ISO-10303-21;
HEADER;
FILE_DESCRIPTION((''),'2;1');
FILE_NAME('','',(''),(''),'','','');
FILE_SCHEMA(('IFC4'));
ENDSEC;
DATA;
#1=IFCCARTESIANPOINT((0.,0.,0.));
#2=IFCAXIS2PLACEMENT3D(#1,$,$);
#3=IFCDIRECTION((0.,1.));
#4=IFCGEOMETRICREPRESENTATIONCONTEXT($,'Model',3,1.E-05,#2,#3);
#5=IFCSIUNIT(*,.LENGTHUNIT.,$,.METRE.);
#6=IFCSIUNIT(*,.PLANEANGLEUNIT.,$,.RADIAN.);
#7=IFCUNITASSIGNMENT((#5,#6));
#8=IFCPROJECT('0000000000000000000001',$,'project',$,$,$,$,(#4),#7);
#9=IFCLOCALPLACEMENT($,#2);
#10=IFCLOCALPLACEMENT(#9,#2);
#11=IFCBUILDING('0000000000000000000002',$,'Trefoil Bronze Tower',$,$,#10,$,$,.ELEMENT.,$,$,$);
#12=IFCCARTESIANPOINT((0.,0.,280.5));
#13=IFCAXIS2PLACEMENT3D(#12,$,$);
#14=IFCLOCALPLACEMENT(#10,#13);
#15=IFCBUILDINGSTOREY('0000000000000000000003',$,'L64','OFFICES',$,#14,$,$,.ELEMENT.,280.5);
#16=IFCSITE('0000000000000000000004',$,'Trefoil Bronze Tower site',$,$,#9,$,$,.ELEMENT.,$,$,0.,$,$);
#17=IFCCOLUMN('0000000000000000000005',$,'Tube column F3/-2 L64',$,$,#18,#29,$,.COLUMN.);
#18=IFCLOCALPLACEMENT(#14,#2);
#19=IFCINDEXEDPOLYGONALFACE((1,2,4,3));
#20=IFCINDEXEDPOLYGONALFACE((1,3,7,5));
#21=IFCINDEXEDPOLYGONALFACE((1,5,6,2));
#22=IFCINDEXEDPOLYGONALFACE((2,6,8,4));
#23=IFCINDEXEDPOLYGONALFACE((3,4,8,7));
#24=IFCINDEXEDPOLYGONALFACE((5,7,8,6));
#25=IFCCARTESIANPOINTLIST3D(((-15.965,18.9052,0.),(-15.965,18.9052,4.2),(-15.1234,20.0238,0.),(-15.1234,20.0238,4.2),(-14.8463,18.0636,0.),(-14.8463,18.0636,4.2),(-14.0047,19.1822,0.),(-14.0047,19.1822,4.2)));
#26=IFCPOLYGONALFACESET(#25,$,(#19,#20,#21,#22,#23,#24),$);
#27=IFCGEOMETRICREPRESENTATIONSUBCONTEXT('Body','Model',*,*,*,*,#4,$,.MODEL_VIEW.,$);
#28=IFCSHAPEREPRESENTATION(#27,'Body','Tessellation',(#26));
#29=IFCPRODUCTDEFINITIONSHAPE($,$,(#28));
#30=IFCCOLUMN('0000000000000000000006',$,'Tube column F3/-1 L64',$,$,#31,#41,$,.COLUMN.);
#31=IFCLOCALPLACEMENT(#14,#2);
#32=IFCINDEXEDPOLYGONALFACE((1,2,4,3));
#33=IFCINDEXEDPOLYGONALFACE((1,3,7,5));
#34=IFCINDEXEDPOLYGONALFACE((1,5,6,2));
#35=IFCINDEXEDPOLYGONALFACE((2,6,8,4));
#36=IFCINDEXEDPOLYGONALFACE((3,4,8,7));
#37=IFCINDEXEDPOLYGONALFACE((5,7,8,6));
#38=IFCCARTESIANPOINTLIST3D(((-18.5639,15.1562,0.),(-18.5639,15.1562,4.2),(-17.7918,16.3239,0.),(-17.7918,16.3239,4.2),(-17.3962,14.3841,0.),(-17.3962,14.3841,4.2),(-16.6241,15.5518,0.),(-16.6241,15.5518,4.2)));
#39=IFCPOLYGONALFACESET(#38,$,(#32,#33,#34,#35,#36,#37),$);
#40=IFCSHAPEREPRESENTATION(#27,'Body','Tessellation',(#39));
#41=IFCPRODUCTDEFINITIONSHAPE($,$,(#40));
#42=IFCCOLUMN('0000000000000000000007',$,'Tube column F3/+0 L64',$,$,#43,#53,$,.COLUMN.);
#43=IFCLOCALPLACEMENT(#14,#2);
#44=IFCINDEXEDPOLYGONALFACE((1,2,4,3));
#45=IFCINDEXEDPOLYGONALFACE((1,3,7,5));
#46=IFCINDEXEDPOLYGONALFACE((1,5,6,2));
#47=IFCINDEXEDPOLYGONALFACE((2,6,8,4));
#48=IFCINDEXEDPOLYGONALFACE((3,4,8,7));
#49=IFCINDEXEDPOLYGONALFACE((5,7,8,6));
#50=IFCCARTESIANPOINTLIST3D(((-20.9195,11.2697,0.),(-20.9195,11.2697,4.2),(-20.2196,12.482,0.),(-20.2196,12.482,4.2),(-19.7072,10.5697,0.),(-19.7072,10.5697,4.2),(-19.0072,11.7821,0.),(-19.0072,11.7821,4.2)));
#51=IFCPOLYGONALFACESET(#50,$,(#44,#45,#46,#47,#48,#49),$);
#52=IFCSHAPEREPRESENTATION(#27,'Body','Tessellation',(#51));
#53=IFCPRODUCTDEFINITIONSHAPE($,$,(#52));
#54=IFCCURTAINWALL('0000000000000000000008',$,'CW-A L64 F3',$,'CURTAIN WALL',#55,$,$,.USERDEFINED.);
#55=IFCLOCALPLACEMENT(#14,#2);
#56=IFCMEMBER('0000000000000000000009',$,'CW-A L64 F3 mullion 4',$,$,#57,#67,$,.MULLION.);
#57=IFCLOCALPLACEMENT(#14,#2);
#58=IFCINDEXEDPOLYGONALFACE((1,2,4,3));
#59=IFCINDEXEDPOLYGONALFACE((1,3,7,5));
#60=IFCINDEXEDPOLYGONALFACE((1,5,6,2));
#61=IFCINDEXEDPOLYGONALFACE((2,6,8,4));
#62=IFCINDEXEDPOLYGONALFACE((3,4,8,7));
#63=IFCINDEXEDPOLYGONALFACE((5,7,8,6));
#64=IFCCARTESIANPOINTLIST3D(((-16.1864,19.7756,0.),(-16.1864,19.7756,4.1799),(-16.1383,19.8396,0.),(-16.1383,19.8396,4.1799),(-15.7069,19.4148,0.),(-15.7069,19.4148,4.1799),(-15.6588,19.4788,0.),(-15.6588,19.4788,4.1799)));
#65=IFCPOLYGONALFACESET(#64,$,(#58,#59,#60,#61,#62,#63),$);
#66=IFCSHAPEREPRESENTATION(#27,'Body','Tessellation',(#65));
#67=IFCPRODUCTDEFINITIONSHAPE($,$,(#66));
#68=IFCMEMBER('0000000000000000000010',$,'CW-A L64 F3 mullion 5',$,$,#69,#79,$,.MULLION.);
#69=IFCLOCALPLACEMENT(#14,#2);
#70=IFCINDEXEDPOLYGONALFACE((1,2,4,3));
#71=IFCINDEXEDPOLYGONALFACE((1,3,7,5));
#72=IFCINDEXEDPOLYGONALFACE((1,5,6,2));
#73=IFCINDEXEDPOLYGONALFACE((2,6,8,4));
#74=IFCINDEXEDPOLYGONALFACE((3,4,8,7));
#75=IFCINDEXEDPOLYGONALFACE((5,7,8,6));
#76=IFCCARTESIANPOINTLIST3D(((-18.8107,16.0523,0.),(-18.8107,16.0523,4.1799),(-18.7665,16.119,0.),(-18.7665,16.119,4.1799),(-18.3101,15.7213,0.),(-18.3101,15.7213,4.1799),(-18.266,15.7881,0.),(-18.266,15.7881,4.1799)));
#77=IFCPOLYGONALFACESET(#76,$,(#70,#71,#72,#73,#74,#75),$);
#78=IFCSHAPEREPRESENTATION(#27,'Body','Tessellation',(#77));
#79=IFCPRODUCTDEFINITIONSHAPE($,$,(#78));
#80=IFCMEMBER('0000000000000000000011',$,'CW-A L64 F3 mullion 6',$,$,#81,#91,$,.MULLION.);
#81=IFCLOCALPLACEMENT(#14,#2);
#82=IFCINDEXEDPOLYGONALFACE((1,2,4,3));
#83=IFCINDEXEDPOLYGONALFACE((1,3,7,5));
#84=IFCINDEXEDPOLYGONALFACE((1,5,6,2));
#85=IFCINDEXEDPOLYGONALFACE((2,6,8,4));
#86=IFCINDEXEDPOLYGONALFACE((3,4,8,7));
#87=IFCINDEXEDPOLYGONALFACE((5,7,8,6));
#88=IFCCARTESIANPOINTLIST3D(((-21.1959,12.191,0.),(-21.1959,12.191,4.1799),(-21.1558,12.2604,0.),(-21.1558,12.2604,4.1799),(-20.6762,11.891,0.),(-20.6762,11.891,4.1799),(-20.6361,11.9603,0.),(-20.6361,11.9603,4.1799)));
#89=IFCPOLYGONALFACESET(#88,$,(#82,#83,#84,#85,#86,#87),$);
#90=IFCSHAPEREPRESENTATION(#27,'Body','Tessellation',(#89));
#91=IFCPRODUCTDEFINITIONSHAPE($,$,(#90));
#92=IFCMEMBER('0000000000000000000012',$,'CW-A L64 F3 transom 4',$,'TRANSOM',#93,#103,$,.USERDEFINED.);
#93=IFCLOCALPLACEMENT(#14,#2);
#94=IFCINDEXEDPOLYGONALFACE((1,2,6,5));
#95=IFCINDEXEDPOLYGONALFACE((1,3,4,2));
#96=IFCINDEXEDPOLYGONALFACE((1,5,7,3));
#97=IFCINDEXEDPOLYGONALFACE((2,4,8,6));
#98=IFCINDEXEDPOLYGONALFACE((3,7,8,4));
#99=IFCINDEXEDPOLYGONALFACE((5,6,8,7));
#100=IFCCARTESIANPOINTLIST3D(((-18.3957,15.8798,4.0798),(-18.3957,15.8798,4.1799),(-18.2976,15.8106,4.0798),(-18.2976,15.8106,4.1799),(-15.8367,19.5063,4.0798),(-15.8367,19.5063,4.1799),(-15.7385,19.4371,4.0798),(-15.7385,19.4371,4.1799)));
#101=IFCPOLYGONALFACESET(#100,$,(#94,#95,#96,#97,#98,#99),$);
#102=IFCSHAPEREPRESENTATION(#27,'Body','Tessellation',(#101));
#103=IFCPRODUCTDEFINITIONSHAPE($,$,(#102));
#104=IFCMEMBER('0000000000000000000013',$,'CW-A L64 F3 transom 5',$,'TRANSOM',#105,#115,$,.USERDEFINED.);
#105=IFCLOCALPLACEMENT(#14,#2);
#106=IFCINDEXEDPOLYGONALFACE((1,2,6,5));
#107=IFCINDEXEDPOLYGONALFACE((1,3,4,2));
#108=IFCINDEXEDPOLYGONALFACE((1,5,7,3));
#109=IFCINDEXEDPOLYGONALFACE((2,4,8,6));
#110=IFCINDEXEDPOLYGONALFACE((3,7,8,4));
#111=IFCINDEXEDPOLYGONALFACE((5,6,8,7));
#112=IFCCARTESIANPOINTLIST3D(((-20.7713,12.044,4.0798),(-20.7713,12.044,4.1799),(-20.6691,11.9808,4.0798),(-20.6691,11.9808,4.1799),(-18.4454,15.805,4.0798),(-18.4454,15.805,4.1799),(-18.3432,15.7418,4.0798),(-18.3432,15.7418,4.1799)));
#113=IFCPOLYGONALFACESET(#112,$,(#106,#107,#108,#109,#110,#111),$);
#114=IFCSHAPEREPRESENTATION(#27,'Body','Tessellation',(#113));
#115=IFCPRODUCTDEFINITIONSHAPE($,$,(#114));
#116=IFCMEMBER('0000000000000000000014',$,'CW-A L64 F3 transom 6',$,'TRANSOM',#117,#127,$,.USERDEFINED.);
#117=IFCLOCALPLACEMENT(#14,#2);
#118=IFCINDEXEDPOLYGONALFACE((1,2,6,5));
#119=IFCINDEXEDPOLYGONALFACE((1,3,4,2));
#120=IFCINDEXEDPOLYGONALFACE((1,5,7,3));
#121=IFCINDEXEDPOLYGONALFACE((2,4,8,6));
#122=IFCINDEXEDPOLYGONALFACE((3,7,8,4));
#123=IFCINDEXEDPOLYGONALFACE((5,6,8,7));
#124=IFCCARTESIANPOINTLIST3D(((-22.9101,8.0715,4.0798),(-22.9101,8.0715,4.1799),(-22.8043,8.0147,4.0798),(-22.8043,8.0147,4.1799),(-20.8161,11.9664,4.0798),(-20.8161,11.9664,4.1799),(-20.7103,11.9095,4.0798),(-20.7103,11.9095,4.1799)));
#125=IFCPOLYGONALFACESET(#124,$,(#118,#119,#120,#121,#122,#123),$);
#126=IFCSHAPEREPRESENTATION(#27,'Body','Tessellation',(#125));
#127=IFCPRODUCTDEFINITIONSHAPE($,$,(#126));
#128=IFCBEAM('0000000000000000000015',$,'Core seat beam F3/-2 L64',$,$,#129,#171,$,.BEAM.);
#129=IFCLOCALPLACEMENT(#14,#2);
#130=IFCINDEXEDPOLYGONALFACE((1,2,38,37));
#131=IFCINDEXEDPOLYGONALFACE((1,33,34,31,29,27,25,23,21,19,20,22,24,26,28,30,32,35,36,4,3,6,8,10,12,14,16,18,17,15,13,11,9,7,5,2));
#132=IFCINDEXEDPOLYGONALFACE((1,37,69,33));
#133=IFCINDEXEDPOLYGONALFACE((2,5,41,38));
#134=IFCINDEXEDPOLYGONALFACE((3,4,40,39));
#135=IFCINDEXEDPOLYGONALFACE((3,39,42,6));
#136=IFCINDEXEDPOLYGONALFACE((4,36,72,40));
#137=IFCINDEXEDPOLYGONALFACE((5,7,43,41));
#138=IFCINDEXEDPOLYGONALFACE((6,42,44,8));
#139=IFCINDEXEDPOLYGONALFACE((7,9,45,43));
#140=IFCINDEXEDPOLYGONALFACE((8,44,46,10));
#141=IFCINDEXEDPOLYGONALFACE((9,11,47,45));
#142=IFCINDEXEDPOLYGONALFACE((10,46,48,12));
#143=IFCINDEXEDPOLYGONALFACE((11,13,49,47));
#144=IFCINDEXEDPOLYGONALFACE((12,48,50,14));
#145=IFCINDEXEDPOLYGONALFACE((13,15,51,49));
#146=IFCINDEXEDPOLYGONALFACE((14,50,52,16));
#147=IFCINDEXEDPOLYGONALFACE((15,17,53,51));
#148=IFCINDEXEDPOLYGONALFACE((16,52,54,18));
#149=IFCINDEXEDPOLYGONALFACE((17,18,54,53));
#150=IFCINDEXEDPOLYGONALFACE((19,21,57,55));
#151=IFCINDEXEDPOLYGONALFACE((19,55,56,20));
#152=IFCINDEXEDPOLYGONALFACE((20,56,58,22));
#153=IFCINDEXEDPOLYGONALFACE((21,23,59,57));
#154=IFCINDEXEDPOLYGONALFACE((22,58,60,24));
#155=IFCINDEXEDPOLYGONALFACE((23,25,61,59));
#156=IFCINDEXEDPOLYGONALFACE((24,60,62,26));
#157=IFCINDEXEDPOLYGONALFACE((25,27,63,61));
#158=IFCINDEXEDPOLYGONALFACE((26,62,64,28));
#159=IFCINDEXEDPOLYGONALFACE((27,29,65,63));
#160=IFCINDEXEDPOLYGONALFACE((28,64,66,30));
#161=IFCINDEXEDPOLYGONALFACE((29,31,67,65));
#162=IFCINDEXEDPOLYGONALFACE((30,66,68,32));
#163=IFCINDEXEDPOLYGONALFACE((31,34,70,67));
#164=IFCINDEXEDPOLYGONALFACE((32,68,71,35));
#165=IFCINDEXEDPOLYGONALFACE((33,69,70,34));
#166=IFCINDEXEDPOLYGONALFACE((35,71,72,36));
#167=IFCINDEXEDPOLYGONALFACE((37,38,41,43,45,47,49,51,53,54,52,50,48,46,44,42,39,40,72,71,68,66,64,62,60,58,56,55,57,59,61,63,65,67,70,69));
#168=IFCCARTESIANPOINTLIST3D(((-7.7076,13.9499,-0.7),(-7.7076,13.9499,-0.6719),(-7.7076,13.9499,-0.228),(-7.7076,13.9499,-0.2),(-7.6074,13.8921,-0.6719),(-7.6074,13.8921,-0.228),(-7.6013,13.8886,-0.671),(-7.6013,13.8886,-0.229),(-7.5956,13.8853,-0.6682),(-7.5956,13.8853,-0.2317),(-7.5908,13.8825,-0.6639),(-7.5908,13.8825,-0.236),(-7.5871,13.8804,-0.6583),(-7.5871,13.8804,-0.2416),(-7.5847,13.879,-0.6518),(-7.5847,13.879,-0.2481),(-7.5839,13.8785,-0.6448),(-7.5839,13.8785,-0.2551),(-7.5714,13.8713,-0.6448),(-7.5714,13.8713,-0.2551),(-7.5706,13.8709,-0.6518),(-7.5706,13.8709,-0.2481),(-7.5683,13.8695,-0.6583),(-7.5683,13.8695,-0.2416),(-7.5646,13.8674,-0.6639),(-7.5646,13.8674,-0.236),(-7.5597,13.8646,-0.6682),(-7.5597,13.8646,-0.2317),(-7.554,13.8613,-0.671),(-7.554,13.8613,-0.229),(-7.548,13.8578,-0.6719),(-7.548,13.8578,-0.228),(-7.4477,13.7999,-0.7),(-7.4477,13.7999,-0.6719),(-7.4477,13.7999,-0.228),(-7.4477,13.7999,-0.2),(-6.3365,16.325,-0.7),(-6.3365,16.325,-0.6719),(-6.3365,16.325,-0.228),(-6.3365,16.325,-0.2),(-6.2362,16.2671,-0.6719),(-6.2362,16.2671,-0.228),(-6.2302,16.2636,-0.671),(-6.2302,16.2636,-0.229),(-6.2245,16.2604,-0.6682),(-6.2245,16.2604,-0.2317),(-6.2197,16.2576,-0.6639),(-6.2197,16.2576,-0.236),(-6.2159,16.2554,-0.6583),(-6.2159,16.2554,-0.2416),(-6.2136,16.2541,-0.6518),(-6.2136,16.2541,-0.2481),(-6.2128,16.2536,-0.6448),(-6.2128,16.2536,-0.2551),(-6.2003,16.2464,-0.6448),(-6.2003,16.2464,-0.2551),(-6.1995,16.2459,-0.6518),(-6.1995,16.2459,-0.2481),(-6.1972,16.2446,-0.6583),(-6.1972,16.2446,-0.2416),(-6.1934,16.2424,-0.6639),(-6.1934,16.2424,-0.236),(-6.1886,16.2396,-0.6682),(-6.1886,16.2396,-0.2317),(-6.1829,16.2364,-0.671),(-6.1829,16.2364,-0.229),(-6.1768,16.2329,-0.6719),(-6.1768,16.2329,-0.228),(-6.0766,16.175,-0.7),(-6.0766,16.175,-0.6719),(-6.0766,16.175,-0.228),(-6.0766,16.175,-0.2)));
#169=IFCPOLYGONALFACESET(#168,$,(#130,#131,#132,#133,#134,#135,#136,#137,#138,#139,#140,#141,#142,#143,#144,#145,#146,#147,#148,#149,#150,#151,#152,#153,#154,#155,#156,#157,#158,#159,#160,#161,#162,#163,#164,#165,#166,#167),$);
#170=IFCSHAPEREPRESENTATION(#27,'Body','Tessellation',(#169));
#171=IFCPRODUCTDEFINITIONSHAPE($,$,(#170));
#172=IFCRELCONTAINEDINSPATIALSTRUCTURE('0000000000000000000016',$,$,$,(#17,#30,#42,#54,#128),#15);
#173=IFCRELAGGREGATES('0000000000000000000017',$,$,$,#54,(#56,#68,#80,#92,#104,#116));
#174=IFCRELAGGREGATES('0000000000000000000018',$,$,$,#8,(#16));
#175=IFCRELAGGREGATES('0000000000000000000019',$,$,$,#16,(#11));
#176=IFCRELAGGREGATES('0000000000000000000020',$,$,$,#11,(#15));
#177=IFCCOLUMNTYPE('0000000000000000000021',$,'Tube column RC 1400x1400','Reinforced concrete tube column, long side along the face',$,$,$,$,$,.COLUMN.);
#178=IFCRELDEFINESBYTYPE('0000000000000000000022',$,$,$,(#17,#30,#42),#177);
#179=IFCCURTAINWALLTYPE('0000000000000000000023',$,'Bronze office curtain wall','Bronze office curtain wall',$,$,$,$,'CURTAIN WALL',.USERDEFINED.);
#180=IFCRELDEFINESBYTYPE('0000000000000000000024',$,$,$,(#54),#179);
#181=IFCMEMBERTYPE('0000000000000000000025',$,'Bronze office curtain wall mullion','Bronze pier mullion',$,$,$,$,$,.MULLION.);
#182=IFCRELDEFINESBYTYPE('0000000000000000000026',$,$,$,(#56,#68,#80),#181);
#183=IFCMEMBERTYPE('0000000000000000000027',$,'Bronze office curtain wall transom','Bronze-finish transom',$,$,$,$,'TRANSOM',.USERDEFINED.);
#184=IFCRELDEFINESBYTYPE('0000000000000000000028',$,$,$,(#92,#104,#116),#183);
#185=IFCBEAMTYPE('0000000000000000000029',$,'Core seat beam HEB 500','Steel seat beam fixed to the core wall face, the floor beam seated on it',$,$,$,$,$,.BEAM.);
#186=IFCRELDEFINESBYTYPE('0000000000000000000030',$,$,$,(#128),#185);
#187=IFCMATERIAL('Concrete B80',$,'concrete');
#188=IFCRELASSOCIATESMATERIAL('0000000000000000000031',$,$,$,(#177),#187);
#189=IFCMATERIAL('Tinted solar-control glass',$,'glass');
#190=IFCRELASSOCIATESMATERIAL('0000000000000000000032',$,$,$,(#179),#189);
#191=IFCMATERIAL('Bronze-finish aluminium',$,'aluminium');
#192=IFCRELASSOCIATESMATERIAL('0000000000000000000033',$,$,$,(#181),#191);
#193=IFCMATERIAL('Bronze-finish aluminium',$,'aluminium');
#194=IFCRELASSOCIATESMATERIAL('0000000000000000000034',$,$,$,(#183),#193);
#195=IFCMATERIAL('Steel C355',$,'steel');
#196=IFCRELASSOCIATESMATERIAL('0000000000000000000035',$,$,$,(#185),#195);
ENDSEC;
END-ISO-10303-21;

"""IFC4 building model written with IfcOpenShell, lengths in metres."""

from ifc_helpers import new_model, si_unit, direction, frame, origin, origin_2d, place, context, subcontext, project, spatial, rectangle, i_section, extrude, material, material_profile, profile_set, type_object, element, aggregate, save


model = new_model("IFC4")

# Units and contexts
model_context = context("Model", 3, precision=1e-05, world=origin(), true_north=direction((0.0, 1.0)))
body_context = subcontext(model_context, "Body", "Model", "MODEL_VIEW")
ifc_project = project(units=[si_unit("LENGTHUNIT", "METRE"), si_unit("PLANEANGLEUNIT", "RADIAN")], contexts=[model_context])

# Site, building, storey
site_placement = place(None, origin())
site = spatial("IfcSite", under=ifc_project, at=site_placement, Name="Trefoil Bronze Tower site", CompositionType="ELEMENT", RefElevation=0.0)
building_placement = place(site_placement, origin())
building = spatial("IfcBuilding", under=site, at=building_placement, Name="Trefoil Bronze Tower", CompositionType="ELEMENT")
storey_placement = place(building_placement, frame((0.0, 0.0, 280.5)))
storey = spatial("IfcBuildingStorey", under=building, at=storey_placement, Name="L64", Description="OFFICES", CompositionType="ELEMENT", Elevation=280.5)

# Columns
ifc_material_1 = material(Name="Concrete B80", Category="concrete")
ifc_material_profile_1 = material_profile(ifc_material_1, rectangle(XDim=1.3999, YDim=1.3999, at=origin_2d()), Name="RC 1400x1400")
ifc_profile_set_1 = profile_set([ifc_material_profile_1], Name="Concrete B80")
column_type = type_object("IfcColumnType", Name="Tube column RC 1400x1400", Description="Reinforced concrete tube column, long side along the face", PredefinedType="COLUMN", material=ifc_profile_set_1)
for number, where, z_axis, x_axis, name in (
    (1, (-14.9849, 19.0437, 0.0), (0.0, 0.0, 1.0), (-0.601203, -0.799096, 0.0), "Tube column F3/-2 L64"),
    (2, (-17.594, 15.354, 0.0), (0.0, 0.0, 1.0), (-0.551524, -0.834159, 0.0), "Tube column F3/-1 L64"),
    (3, (-19.9634, 11.5259, 0.0), (0.0, 0.0, 1.0), (-0.5, -0.866025, 0.0), "Tube column F3/+0 L64"),
):
    element("IfcColumn", number, at=place(storey_placement, frame(where, z_axis=z_axis, x_axis=x_axis)), inside=storey, type_object=column_type, Name=name, PredefinedType="COLUMN", context=body_context, shape_type="SweptSolid", body=[
        extrude(rectangle(XDim=1.3999, YDim=1.3999, at=origin_2d()), origin(), (0.0, 0.0, 1.0), 4.2),
    ])

# Curtain wall, members
ifc_material_2 = material(Name="Tinted solar-control glass", Category="glass")
curtain_wall_type = type_object("IfcCurtainWallType", Name="Bronze office curtain wall", Description="Bronze office curtain wall", ElementType="CURTAIN WALL", PredefinedType="USERDEFINED", material=ifc_material_2)
curtain_wall_placement = place(storey_placement, origin())
curtain_wall = element("IfcCurtainWall", 4, at=curtain_wall_placement, inside=storey, type_object=curtain_wall_type, Name="CW-A L64 F3", ObjectType="CURTAIN WALL", PredefinedType="USERDEFINED")
ifc_material_3 = material(Name="Bronze-finish aluminium", Category="aluminium")
ifc_material_profile_2 = material_profile(ifc_material_3, rectangle(XDim=0.6001, YDim=0.0801, at=origin_2d()), Name="CW-A mullion")
ifc_profile_set_2 = profile_set([ifc_material_profile_2], Name="Bronze-finish aluminium")
member_type_1 = type_object("IfcMemberType", Name="Bronze office curtain wall mullion", Description="Bronze pier mullion", PredefinedType="MULLION", material=ifc_profile_set_2)
member_1_placement = place(storey_placement, frame((-15.9226, 19.6272, 0.0), z_axis=(0.0, 0.0, 1.0), x_axis=(0.799096, -0.601203, 0.0)))
member_1 = element("IfcMember", 5, at=member_1_placement, type_object=member_type_1, Name="CW-A L64 F3 mullion 4", PredefinedType="MULLION", context=body_context, shape_type="SweptSolid", body=[
    extrude(rectangle(XDim=0.6001, YDim=0.0801, at=origin_2d()), origin(), (0.0, 0.0, 1.0), 4.1799),
])
member_2_placement = place(storey_placement, frame((-18.5383, 15.9202, 0.0), z_axis=(0.0, 0.0, 1.0), x_axis=(0.834159, -0.551524, 0.0)))
member_2 = element("IfcMember", 6, at=member_2_placement, type_object=member_type_1, Name="CW-A L64 F3 mullion 5", PredefinedType="MULLION", context=body_context, shape_type="SweptSolid", body=[
    extrude(rectangle(XDim=0.6001, YDim=0.0801, at=origin_2d()), origin(), (0.0, 0.0, 1.0), 4.1799),
])
member_3_placement = place(storey_placement, frame((-20.916, 12.0757, 0.0), z_axis=(0.0, 0.0, 1.0), x_axis=(0.866025, -0.5, 0.0)))
member_3 = element("IfcMember", 7, at=member_3_placement, type_object=member_type_1, Name="CW-A L64 F3 mullion 6", PredefinedType="MULLION", context=body_context, shape_type="SweptSolid", body=[
    extrude(rectangle(XDim=0.6001, YDim=0.0801, at=origin_2d()), origin(), (0.0, 0.0, 1.0), 4.1799),
])
ifc_material_4 = material(Name="Bronze-finish aluminium", Category="aluminium")
ifc_material_profile_3 = material_profile(ifc_material_4, rectangle(XDim=0.1201, YDim=0.1001, at=origin_2d()), Name="CW-A transom")
ifc_profile_set_3 = profile_set([ifc_material_profile_3], Name="Bronze-finish aluminium")
member_type_2 = type_object("IfcMemberType", Name="Bronze office curtain wall transom", Description="Bronze-finish transom", ElementType="TRANSOM", PredefinedType="USERDEFINED", material=ifc_profile_set_3)
member_4_placement = place(storey_placement, frame((-15.7876, 19.4717, 4.1299), z_axis=(-0.576567, -0.81705, 0.0), x_axis=(0.81705, -0.576567, 0.0)))
member_4 = element("IfcMember", 8, at=member_4_placement, type_object=member_type_2, Name="CW-A L64 F3 transom 4", ObjectType="TRANSOM", PredefinedType="USERDEFINED", context=body_context, shape_type="SweptSolid", body=[
    extrude(rectangle(XDim=0.1201, YDim=0.1001, at=origin_2d()), origin(), (0.0, 0.0, 1.0), 4.4385),
])
member_5_placement = place(storey_placement, frame((-18.3943, 15.7734, 4.1299), z_axis=(-0.525978, -0.850498, 0.0), x_axis=(0.850498, -0.525978, 0.0)))
member_5 = element("IfcMember", 9, at=member_5_placement, type_object=member_type_2, Name="CW-A L64 F3 transom 5", ObjectType="TRANSOM", PredefinedType="USERDEFINED", context=body_context, shape_type="SweptSolid", body=[
    extrude(rectangle(XDim=0.1201, YDim=0.1001, at=origin_2d()), origin(), (0.0, 0.0, 1.0), 4.4221),
])
member_6_placement = place(storey_placement, frame((-20.7632, 11.938, 4.1299), z_axis=(-0.47354, -0.880772, 0.0), x_axis=(0.880772, -0.47354, 0.0)))
member_6 = element("IfcMember", 10, at=member_6_placement, type_object=member_type_2, Name="CW-A L64 F3 transom 6", ObjectType="TRANSOM", PredefinedType="USERDEFINED", context=body_context, shape_type="SweptSolid", body=[
    extrude(rectangle(XDim=0.1201, YDim=0.1001, at=origin_2d()), origin(), (0.0, 0.0, 1.0), 4.4221),
])

# Beam
ifc_material_5 = material(Name="Steel C355", Category="steel")
ifc_material_profile_4 = material_profile(ifc_material_5, i_section(OverallWidth=0.3, OverallDepth=0.5, WebThickness=0.0144, FlangeThickness=0.0281, FilletRadius=0.0271, at=origin_2d()), Name="HEB 500")
ifc_profile_set_4 = profile_set([ifc_material_profile_4], Name="Steel C355")
beam_type_1 = type_object("IfcBeamType", Name="Core seat beam HEB 500", Description="Steel seat beam fixed to the core wall face, the floor beam seated on it", PredefinedType="BEAM", material=ifc_profile_set_4)
beam_1_placement = place(storey_placement, frame((-6.2065, 16.25, -0.45), z_axis=(-0.499969, -0.866043, 0.0), x_axis=(0.866043, -0.499969, 0.0)))
element("IfcBeam", 11, at=beam_1_placement, inside=storey, type_object=beam_type_1, Name="Core seat beam F3/-2 L64", PredefinedType="BEAM", context=body_context, shape_type="SweptSolid", body=[
    extrude(i_section(OverallWidth=0.3, OverallDepth=0.5, WebThickness=0.0144, FlangeThickness=0.0281, FilletRadius=0.0271, at=origin_2d()), origin(), (0.0, 0.0, 1.0), 2.7424),
])

aggregate(curtain_wall, [member_1, member_2, member_3, member_4, member_5, member_6])

save(model, "model.ifc")
